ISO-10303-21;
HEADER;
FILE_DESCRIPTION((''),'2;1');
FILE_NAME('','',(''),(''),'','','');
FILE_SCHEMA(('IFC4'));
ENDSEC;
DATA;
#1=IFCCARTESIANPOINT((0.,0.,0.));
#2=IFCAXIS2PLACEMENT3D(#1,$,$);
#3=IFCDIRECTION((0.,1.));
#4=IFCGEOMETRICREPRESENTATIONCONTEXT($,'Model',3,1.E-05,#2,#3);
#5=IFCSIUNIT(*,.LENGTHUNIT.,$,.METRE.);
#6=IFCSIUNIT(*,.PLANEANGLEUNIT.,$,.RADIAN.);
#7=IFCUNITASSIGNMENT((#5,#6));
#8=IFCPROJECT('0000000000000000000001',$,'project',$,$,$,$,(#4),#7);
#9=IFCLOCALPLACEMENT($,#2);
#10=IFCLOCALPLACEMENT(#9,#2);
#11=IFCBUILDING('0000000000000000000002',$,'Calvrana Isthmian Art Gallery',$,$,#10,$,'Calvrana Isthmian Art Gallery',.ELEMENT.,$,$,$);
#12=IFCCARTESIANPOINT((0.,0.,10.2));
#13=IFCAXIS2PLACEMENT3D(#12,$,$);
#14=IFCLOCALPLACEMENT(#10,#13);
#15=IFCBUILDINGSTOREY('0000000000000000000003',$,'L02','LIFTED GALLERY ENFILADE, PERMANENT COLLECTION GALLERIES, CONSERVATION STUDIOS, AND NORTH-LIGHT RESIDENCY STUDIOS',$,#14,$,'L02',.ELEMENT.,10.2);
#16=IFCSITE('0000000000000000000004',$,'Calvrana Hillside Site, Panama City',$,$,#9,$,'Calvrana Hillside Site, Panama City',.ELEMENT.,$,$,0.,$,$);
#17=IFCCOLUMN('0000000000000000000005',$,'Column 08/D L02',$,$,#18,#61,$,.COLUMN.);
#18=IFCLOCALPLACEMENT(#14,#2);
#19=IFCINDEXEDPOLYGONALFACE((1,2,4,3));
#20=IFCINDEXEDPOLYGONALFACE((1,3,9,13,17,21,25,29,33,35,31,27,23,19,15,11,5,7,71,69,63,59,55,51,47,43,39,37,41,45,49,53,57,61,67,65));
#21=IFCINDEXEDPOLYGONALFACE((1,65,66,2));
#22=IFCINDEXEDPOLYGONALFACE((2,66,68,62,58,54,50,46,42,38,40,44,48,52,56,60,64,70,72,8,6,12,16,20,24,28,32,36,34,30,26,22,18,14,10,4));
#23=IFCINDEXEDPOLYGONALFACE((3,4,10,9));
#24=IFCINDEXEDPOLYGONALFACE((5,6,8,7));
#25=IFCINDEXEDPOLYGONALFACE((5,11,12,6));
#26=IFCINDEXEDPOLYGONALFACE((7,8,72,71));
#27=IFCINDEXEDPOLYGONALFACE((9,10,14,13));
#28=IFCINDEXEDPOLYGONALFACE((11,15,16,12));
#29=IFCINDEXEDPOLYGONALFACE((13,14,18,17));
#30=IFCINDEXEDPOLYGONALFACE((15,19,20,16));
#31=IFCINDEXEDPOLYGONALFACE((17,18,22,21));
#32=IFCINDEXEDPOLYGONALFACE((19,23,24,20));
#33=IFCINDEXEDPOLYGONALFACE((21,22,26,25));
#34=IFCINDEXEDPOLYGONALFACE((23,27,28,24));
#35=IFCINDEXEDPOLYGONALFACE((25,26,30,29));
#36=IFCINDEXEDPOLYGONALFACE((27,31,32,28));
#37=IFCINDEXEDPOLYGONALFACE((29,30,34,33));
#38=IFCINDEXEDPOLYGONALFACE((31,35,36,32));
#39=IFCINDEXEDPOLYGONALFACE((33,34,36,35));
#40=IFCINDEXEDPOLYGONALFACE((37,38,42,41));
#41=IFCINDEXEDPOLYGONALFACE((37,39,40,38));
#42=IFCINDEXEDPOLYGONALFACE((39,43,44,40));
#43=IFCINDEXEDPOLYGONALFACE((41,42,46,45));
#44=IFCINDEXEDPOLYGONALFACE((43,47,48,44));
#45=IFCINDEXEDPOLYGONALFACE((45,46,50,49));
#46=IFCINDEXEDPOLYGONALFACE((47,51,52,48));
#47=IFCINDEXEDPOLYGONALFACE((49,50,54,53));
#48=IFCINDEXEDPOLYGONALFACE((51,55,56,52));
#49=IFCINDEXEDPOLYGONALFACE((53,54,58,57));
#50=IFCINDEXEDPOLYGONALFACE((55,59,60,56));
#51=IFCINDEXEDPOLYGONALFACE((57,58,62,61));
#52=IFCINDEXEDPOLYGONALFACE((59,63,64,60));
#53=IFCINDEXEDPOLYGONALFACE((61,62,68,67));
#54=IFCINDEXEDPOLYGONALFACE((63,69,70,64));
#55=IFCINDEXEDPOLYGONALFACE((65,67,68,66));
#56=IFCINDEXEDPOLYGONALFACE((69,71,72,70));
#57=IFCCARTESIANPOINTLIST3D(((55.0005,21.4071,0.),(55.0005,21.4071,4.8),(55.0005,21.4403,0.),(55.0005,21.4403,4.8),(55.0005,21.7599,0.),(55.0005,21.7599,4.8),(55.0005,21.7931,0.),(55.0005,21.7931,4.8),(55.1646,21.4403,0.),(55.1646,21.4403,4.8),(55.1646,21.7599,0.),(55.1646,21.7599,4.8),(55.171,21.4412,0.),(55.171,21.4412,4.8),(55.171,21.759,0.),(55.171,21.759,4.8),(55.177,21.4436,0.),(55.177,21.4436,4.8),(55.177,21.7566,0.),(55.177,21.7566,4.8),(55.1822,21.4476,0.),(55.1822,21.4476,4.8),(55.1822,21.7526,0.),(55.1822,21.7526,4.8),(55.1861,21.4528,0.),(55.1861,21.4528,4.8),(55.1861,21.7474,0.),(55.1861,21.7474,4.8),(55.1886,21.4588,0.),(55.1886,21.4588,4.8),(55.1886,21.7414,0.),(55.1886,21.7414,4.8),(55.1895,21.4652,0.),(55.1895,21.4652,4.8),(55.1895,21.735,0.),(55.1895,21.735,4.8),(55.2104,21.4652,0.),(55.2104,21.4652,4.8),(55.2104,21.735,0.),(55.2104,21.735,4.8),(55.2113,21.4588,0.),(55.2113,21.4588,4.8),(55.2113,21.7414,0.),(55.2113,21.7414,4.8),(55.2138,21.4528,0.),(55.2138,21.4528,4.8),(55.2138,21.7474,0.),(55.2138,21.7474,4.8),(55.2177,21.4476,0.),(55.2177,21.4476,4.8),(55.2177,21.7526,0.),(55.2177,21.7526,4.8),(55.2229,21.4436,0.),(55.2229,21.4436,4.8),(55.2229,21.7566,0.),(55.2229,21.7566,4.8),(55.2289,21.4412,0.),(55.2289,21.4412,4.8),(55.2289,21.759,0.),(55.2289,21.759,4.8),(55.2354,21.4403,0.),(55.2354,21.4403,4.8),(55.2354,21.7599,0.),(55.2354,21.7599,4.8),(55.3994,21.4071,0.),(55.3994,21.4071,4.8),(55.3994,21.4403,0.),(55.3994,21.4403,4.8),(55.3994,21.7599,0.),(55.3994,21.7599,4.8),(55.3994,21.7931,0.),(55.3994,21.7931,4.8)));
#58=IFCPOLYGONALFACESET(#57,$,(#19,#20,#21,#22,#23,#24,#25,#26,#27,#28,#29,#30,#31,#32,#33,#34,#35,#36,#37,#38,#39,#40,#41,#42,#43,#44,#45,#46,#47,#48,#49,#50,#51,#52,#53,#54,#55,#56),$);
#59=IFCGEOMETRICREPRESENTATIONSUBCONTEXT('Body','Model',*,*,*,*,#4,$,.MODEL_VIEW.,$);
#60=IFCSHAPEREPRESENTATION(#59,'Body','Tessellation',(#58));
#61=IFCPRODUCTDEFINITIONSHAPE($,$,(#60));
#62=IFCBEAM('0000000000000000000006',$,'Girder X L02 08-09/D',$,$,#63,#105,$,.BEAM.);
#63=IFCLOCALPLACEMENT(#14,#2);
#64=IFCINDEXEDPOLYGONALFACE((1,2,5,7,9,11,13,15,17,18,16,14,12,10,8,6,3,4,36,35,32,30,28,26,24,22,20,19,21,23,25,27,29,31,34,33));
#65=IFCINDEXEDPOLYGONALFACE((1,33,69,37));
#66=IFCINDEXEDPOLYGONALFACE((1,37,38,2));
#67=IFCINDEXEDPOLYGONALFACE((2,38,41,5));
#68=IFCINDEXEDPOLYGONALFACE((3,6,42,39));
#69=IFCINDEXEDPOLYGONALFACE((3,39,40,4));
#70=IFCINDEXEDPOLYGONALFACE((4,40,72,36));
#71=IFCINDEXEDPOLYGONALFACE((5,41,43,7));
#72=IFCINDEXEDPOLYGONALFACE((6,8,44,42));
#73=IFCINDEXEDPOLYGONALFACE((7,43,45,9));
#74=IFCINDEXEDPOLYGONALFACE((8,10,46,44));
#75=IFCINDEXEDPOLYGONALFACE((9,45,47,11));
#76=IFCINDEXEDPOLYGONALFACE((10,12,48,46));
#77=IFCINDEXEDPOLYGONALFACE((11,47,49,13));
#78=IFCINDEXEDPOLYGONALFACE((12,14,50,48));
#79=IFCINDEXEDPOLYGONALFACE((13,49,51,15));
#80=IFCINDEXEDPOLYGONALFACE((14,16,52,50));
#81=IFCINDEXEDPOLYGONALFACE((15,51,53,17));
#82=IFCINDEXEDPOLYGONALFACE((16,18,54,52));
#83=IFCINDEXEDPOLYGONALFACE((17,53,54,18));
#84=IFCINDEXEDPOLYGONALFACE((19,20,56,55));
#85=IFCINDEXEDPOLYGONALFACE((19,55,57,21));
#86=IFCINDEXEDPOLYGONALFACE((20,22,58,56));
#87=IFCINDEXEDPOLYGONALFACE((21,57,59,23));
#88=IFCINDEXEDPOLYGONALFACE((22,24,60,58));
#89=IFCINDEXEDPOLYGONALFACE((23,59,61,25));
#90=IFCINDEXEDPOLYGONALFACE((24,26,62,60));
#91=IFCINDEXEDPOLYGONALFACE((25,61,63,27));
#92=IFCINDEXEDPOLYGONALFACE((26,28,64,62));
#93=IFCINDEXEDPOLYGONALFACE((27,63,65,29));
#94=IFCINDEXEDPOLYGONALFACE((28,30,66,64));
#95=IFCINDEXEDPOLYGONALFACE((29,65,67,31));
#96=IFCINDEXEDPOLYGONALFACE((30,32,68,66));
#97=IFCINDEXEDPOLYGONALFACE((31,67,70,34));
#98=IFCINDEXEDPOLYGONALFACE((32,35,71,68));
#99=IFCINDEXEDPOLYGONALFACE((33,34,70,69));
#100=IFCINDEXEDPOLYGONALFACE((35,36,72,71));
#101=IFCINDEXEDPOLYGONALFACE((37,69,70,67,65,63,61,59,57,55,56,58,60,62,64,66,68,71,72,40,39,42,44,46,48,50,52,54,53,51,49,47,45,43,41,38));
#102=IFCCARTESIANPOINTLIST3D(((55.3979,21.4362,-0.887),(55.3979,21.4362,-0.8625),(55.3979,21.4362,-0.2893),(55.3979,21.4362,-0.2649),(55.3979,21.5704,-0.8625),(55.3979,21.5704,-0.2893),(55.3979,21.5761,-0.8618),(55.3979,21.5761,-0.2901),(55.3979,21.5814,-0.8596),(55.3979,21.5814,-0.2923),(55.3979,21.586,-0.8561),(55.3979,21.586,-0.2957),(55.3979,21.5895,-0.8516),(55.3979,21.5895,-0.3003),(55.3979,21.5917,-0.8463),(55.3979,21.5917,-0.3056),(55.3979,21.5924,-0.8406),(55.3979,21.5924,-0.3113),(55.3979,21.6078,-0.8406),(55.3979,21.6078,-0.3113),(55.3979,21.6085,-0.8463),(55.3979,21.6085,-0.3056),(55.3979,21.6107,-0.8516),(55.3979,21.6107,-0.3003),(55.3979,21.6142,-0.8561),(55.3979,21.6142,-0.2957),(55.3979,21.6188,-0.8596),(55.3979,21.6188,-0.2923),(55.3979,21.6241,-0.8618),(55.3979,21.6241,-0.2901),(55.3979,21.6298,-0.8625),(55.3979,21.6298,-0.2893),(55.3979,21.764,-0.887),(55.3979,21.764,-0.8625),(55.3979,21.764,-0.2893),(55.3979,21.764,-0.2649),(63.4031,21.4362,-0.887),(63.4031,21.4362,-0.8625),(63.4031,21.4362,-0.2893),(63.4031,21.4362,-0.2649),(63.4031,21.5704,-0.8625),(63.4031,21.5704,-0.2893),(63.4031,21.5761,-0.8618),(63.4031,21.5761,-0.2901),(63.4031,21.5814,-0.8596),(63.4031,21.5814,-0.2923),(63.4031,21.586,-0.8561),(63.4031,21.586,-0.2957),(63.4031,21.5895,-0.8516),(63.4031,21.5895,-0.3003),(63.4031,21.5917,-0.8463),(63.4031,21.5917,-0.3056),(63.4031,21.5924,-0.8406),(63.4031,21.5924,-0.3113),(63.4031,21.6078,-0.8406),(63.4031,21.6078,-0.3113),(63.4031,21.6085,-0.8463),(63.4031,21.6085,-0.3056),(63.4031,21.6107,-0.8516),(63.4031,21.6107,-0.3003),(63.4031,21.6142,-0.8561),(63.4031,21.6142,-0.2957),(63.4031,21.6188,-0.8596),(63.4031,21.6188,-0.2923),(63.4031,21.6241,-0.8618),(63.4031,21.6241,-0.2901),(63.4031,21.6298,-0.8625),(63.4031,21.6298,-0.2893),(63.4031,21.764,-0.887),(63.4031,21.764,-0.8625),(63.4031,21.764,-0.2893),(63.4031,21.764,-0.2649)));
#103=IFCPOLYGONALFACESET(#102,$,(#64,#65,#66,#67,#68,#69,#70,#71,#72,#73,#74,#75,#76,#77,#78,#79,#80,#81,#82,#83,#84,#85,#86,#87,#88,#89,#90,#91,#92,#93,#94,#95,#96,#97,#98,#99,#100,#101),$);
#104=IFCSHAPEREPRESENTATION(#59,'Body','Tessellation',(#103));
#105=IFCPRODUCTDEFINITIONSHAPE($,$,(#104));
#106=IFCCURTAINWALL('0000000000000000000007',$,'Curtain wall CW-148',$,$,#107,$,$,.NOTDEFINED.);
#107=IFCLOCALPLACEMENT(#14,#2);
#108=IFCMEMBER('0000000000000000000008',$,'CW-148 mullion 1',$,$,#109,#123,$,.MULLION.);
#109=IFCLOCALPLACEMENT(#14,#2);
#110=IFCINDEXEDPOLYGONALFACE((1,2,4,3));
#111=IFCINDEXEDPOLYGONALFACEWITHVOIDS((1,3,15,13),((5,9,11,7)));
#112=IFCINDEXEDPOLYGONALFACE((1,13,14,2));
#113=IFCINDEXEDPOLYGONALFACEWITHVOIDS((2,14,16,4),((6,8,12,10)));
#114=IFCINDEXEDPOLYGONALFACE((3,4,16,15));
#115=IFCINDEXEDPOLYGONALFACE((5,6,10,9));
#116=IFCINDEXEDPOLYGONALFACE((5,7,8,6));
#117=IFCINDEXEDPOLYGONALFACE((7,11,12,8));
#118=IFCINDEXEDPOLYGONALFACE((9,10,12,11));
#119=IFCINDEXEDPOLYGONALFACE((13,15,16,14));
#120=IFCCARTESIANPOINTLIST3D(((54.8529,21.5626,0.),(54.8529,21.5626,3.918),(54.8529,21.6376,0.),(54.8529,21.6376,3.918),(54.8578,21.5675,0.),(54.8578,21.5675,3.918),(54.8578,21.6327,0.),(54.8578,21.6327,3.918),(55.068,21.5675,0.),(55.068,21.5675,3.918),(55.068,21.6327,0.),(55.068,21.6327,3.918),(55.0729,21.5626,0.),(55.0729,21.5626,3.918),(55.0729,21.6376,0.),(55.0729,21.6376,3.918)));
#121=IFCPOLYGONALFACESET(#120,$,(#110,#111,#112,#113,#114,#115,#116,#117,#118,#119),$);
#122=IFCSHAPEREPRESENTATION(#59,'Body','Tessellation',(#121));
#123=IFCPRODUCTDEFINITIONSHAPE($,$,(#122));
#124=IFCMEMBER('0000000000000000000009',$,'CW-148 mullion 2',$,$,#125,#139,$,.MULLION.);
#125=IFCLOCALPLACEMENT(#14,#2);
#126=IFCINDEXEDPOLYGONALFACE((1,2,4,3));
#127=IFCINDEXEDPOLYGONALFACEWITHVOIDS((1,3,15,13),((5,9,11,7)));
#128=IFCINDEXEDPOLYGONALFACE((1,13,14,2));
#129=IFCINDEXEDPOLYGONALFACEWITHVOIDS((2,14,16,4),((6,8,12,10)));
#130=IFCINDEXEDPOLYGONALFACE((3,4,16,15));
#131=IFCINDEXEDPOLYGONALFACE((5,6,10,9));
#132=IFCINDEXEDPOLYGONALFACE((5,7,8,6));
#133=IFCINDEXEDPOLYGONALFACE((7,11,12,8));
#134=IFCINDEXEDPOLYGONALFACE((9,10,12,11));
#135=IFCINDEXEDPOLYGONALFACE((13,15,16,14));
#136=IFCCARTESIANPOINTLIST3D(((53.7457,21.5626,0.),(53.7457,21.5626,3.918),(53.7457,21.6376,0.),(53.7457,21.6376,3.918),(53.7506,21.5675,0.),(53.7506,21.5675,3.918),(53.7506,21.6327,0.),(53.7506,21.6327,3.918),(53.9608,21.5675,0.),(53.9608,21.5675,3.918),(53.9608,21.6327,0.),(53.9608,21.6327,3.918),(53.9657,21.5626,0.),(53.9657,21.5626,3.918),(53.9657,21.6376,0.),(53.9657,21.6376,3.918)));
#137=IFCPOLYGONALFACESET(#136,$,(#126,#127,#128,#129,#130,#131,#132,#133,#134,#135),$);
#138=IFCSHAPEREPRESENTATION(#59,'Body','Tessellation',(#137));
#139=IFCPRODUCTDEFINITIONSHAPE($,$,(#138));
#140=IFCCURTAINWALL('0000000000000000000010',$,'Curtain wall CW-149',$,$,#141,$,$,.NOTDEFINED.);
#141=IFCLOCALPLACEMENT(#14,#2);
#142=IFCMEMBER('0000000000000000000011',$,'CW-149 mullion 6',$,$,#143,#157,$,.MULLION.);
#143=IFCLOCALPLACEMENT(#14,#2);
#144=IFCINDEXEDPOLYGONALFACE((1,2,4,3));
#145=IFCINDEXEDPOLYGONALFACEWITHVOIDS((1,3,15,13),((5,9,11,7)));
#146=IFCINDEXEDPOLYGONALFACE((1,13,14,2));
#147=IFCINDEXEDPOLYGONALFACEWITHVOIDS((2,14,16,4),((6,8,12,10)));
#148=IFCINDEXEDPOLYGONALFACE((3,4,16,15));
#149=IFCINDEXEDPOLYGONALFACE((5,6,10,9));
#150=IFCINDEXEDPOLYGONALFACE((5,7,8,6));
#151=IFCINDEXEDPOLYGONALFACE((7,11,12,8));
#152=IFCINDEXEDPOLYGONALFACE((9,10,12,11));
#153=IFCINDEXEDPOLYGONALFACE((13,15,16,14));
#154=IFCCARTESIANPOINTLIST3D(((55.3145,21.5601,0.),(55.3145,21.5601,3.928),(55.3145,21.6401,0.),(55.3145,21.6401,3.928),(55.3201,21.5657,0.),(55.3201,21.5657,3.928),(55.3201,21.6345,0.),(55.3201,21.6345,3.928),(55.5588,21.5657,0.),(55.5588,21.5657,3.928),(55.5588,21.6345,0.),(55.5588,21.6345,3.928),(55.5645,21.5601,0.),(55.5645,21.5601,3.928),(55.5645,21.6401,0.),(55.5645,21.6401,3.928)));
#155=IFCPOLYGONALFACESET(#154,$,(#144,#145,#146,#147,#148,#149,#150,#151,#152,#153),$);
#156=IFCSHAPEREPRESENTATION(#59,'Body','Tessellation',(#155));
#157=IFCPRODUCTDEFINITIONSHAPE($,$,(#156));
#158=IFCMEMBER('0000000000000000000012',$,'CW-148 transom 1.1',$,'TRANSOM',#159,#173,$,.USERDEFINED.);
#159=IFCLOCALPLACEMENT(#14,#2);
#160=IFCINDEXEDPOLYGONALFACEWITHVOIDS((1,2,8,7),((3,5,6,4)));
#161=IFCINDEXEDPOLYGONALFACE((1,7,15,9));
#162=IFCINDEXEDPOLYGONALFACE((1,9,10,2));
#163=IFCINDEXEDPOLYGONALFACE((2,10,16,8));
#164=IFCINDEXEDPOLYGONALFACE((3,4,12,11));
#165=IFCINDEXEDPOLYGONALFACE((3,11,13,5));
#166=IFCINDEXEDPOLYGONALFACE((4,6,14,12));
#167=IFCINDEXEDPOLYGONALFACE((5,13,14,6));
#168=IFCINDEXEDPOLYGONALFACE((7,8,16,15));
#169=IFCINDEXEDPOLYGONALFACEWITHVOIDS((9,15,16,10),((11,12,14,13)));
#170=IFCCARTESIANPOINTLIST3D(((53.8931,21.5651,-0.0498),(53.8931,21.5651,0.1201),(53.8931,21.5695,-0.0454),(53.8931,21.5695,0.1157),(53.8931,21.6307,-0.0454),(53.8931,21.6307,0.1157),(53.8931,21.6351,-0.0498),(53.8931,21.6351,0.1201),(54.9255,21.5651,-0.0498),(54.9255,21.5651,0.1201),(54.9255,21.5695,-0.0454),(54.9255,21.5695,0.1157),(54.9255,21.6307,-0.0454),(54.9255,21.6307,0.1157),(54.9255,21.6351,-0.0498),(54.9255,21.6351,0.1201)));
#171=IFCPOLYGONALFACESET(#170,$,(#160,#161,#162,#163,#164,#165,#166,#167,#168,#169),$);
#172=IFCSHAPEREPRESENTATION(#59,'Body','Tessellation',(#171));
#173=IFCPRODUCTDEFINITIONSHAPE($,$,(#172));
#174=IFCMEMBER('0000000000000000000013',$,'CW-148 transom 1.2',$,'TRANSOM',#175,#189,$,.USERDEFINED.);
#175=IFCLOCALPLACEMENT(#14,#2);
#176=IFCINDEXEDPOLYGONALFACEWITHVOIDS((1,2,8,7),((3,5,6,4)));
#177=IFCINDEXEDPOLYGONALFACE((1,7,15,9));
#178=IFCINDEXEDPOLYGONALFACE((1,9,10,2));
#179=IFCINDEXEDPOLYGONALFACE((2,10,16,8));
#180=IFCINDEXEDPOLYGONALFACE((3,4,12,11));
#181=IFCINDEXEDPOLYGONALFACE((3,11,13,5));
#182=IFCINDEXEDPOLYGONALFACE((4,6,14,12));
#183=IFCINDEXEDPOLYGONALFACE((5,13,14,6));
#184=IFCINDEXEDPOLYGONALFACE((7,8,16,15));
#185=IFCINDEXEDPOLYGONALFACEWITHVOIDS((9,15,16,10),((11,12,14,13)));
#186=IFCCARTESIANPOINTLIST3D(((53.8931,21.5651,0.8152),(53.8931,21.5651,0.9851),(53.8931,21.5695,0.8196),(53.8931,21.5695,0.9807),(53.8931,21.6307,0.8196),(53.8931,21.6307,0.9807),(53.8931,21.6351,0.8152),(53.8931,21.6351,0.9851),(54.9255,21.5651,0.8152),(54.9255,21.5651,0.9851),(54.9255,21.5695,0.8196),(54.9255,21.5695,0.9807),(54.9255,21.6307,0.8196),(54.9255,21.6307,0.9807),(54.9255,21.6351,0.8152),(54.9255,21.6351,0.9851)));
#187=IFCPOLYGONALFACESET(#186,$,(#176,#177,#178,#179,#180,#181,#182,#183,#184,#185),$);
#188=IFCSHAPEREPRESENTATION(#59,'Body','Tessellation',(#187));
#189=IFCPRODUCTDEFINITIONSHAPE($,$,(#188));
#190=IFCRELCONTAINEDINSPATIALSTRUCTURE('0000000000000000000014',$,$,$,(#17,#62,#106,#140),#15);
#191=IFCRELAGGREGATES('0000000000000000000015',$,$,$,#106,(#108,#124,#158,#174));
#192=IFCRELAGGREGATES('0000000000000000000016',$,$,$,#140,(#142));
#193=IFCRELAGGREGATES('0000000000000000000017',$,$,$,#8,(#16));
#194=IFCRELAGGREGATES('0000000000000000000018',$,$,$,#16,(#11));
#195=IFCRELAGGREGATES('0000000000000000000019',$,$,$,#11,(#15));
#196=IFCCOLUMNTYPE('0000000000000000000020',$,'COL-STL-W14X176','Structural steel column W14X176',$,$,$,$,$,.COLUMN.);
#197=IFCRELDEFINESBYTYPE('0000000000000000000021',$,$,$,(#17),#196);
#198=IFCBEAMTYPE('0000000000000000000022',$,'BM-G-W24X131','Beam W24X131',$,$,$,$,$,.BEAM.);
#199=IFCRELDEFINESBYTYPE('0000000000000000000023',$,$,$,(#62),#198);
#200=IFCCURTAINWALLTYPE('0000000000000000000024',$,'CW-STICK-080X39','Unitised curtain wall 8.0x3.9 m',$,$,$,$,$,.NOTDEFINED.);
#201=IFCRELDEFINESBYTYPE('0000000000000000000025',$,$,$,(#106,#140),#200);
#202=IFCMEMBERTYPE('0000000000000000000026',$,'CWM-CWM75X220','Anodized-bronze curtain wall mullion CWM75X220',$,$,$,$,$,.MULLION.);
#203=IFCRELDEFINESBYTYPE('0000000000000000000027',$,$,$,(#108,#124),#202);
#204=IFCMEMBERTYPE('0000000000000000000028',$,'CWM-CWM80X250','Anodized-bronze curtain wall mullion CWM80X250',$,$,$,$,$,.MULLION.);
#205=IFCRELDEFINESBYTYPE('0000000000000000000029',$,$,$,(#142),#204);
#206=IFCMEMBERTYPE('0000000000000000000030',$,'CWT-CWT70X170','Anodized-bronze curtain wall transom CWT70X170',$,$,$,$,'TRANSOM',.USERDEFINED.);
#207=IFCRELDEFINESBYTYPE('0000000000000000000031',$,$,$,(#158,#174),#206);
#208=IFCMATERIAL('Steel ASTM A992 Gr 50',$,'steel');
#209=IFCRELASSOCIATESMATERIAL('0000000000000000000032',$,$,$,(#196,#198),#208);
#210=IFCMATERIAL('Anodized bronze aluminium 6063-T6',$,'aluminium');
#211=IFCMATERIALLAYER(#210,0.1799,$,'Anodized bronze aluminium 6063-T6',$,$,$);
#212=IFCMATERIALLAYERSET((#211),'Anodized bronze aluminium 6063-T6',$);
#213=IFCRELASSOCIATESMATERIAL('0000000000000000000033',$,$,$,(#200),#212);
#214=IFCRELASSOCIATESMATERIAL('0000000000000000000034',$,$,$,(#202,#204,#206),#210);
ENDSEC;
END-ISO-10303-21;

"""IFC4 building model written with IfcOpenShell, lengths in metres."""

from ifc_helpers import new_model, si_unit, direction, frame, origin, origin_2d, place, context, subcontext, project, spatial, hollow_rectangle, i_section, extrude, material, layer, layer_set, material_profile, profile_set, type_object, element, aggregate, save


model = new_model("IFC4")

# Units and contexts
model_context = context("Model", 3, precision=1e-05, world=origin(), true_north=direction((0.0, 1.0)))
body_context = subcontext(model_context, "Body", "Model", "MODEL_VIEW")
ifc_project = project(units=[si_unit("LENGTHUNIT", "METRE"), si_unit("PLANEANGLEUNIT", "RADIAN")], contexts=[model_context])

# Site, building, storey
site_placement = place(None, origin())
site = spatial("IfcSite", under=ifc_project, at=site_placement, Name="Calvrana Hillside Site, Panama City", LongName="Calvrana Hillside Site, Panama City", CompositionType="ELEMENT", RefElevation=0.0)
building_placement = place(site_placement, origin())
building = spatial("IfcBuilding", under=site, at=building_placement, Name="Calvrana Isthmian Art Gallery", LongName="Calvrana Isthmian Art Gallery", CompositionType="ELEMENT")
storey_placement = place(building_placement, frame((0.0, 0.0, 10.2)))
storey = spatial("IfcBuildingStorey", under=building, at=storey_placement, Name="L02", Description="LIFTED GALLERY ENFILADE, PERMANENT COLLECTION GALLERIES, CONSERVATION STUDIOS, AND NORTH-LIGHT RESIDENCY STUDIOS", LongName="L02", CompositionType="ELEMENT", Elevation=10.2)

# Column
ifc_material_1 = material(Name="Steel ASTM A992 Gr 50", Category="steel")
ifc_material_profile_1 = material_profile(ifc_material_1, i_section(OverallWidth=0.3989, OverallDepth=0.386, WebThickness=0.021, FlangeThickness=0.0332, FilletRadius=0.0249, at=origin_2d()), Name="W14X176")
ifc_profile_set_1 = profile_set([ifc_material_profile_1], Name="Steel ASTM A992 Gr 50")
column_type = type_object("IfcColumnType", Name="COL-STL-W14X176", Description="Structural steel column W14X176", PredefinedType="COLUMN", material=ifc_profile_set_1)
column_placement = place(storey_placement, frame((55.2, 21.6001, 0.0), z_axis=(0.0, 0.0, 1.0), x_axis=(1.0, 0.0, 0.0)))
element("IfcColumn", 1, at=column_placement, inside=storey, type_object=column_type, Name="Column 08/D L02", PredefinedType="COLUMN", context=body_context, shape_type="SweptSolid", body=[
    extrude(i_section(OverallWidth=0.3989, OverallDepth=0.386, WebThickness=0.021, FlangeThickness=0.0332, FilletRadius=0.0249, at=origin_2d()), origin(), (0.0, 0.0, 1.0), 4.8),
])

# Beam
ifc_material_profile_2 = material_profile(ifc_material_1, i_section(OverallWidth=0.3279, OverallDepth=0.6221, WebThickness=0.0154, FlangeThickness=0.0244, FilletRadius=0.022, at=origin_2d()), Name="W24X131")
ifc_profile_set_2 = profile_set([ifc_material_profile_2], Name="Steel ASTM A992 Gr 50")
beam_type = type_object("IfcBeamType", Name="BM-G-W24X131", Description="Beam W24X131", PredefinedType="BEAM", material=ifc_profile_set_2)
beam_placement = place(storey_placement, frame((55.3979, 21.6001, -0.5759), z_axis=(1.0, 0.0, 0.0), x_axis=(0.0, 1.0, 0.0)))
element("IfcBeam", 2, at=beam_placement, inside=storey, type_object=beam_type, Name="Girder X L02 08-09/D", PredefinedType="BEAM", context=body_context, shape_type="SweptSolid", body=[
    extrude(i_section(OverallWidth=0.3279, OverallDepth=0.6221, WebThickness=0.0154, FlangeThickness=0.0244, FilletRadius=0.022, at=origin_2d()), origin(), (0.0, 0.0, 1.0), 8.0051),
])

# Curtain wall, members
ifc_material_2 = material(Name="Anodized bronze aluminium 6063-T6", Category="aluminium")
ifc_layer_1 = layer(ifc_material_2, 0.1799, Name="Anodized bronze aluminium 6063-T6")
ifc_layer_set_1 = layer_set([ifc_layer_1], Name="Anodized bronze aluminium 6063-T6")
curtain_wall_type = type_object("IfcCurtainWallType", Name="CW-STICK-080X39", Description="Unitised curtain wall 8.0x3.9 m", PredefinedType="NOTDEFINED", material=ifc_layer_set_1)
curtain_wall_1_placement = place(storey_placement, origin())
curtain_wall_1 = element("IfcCurtainWall", 3, at=curtain_wall_1_placement, inside=storey, type_object=curtain_wall_type, Name="Curtain wall CW-148", PredefinedType="NOTDEFINED")
ifc_material_profile_3 = material_profile(ifc_material_2, hollow_rectangle(XDim=0.075, YDim=0.22, WallThickness=0.0049, at=origin_2d()), Name="CWM75X220")
ifc_profile_set_3 = profile_set([ifc_material_profile_3], Name="Anodized bronze aluminium 6063-T6")
member_type_1 = type_object("IfcMemberType", Name="CWM-CWM75X220", Description="Anodized-bronze curtain wall mullion CWM75X220", PredefinedType="MULLION", material=ifc_profile_set_3)
member_1_placement = place(storey_placement, frame((54.9629, 21.6001, 0.0), z_axis=(0.0, 0.0, 1.0), x_axis=(0.0, -1.0, 0.0)))
member_1 = element("IfcMember", 4, at=member_1_placement, type_object=member_type_1, Name="CW-148 mullion 1", PredefinedType="MULLION", context=body_context, shape_type="SweptSolid", body=[
    extrude(hollow_rectangle(XDim=0.075, YDim=0.22, WallThickness=0.0049, at=origin_2d()), origin(), (0.0, 0.0, 1.0), 3.918),
])
member_2_placement = place(storey_placement, frame((53.8557, 21.6001, 0.0), z_axis=(0.0, 0.0, 1.0), x_axis=(0.0, -1.0, 0.0)))
member_2 = element("IfcMember", 5, at=member_2_placement, type_object=member_type_1, Name="CW-148 mullion 2", PredefinedType="MULLION", context=body_context, shape_type="SweptSolid", body=[
    extrude(hollow_rectangle(XDim=0.075, YDim=0.22, WallThickness=0.0049, at=origin_2d()), origin(), (0.0, 0.0, 1.0), 3.918),
])

# Curtain wall, member
curtain_wall_2_placement = place(storey_placement, origin())
curtain_wall_2 = element("IfcCurtainWall", 6, at=curtain_wall_2_placement, inside=storey, type_object=curtain_wall_type, Name="Curtain wall CW-149", PredefinedType="NOTDEFINED")
ifc_material_profile_4 = material_profile(ifc_material_2, hollow_rectangle(XDim=0.0801, YDim=0.25, WallThickness=0.0056, at=origin_2d()), Name="CWM80X250")
ifc_profile_set_4 = profile_set([ifc_material_profile_4], Name="Anodized bronze aluminium 6063-T6")
member_type_2 = type_object("IfcMemberType", Name="CWM-CWM80X250", Description="Anodized-bronze curtain wall mullion CWM80X250", PredefinedType="MULLION", material=ifc_profile_set_4)
member_3_placement = place(storey_placement, frame((55.4395, 21.6001, 0.0), z_axis=(0.0, 0.0, 1.0), x_axis=(0.0, -1.0, 0.0)))
member_3 = element("IfcMember", 7, at=member_3_placement, type_object=member_type_2, Name="CW-149 mullion 6", PredefinedType="MULLION", context=body_context, shape_type="SweptSolid", body=[
    extrude(hollow_rectangle(XDim=0.0801, YDim=0.25, WallThickness=0.0056, at=origin_2d()), origin(), (0.0, 0.0, 1.0), 3.928),
])

# Members
ifc_material_profile_5 = material_profile(ifc_material_2, hollow_rectangle(XDim=0.0701, YDim=0.1699, WallThickness=0.0044, at=origin_2d()), Name="CWT70X170")
ifc_profile_set_5 = profile_set([ifc_material_profile_5], Name="Anodized bronze aluminium 6063-T6")
member_type_3 = type_object("IfcMemberType", Name="CWT-CWT70X170", Description="Anodized-bronze curtain wall transom CWT70X170", ElementType="TRANSOM", PredefinedType="USERDEFINED", material=ifc_profile_set_5)
member_4_placement = place(storey_placement, frame((54.9255, 21.6001, 0.0352), z_axis=(-1.0, 0.0, 0.0), x_axis=(0.0, -1.0, 0.0)))
member_4 = element("IfcMember", 8, at=member_4_placement, type_object=member_type_3, Name="CW-148 transom 1.1", ObjectType="TRANSOM", PredefinedType="USERDEFINED", context=body_context, shape_type="SweptSolid", body=[
    extrude(hollow_rectangle(XDim=0.0701, YDim=0.1699, WallThickness=0.0044, at=origin_2d()), origin(), (0.0, 0.0, 1.0), 1.0325),
])
member_5_placement = place(storey_placement, frame((54.9255, 21.6001, 0.9001), z_axis=(-1.0, 0.0, 0.0), x_axis=(0.0, -1.0, 0.0)))
member_5 = element("IfcMember", 9, at=member_5_placement, type_object=member_type_3, Name="CW-148 transom 1.2", ObjectType="TRANSOM", PredefinedType="USERDEFINED", context=body_context, shape_type="SweptSolid", body=[
    extrude(hollow_rectangle(XDim=0.0701, YDim=0.1699, WallThickness=0.0044, at=origin_2d()), origin(), (0.0, 0.0, 1.0), 1.0325),
])

aggregate(curtain_wall_1, [member_1, member_2, member_4, member_5])
aggregate(curtain_wall_2, [member_3])

save(model, "model.ifc")
